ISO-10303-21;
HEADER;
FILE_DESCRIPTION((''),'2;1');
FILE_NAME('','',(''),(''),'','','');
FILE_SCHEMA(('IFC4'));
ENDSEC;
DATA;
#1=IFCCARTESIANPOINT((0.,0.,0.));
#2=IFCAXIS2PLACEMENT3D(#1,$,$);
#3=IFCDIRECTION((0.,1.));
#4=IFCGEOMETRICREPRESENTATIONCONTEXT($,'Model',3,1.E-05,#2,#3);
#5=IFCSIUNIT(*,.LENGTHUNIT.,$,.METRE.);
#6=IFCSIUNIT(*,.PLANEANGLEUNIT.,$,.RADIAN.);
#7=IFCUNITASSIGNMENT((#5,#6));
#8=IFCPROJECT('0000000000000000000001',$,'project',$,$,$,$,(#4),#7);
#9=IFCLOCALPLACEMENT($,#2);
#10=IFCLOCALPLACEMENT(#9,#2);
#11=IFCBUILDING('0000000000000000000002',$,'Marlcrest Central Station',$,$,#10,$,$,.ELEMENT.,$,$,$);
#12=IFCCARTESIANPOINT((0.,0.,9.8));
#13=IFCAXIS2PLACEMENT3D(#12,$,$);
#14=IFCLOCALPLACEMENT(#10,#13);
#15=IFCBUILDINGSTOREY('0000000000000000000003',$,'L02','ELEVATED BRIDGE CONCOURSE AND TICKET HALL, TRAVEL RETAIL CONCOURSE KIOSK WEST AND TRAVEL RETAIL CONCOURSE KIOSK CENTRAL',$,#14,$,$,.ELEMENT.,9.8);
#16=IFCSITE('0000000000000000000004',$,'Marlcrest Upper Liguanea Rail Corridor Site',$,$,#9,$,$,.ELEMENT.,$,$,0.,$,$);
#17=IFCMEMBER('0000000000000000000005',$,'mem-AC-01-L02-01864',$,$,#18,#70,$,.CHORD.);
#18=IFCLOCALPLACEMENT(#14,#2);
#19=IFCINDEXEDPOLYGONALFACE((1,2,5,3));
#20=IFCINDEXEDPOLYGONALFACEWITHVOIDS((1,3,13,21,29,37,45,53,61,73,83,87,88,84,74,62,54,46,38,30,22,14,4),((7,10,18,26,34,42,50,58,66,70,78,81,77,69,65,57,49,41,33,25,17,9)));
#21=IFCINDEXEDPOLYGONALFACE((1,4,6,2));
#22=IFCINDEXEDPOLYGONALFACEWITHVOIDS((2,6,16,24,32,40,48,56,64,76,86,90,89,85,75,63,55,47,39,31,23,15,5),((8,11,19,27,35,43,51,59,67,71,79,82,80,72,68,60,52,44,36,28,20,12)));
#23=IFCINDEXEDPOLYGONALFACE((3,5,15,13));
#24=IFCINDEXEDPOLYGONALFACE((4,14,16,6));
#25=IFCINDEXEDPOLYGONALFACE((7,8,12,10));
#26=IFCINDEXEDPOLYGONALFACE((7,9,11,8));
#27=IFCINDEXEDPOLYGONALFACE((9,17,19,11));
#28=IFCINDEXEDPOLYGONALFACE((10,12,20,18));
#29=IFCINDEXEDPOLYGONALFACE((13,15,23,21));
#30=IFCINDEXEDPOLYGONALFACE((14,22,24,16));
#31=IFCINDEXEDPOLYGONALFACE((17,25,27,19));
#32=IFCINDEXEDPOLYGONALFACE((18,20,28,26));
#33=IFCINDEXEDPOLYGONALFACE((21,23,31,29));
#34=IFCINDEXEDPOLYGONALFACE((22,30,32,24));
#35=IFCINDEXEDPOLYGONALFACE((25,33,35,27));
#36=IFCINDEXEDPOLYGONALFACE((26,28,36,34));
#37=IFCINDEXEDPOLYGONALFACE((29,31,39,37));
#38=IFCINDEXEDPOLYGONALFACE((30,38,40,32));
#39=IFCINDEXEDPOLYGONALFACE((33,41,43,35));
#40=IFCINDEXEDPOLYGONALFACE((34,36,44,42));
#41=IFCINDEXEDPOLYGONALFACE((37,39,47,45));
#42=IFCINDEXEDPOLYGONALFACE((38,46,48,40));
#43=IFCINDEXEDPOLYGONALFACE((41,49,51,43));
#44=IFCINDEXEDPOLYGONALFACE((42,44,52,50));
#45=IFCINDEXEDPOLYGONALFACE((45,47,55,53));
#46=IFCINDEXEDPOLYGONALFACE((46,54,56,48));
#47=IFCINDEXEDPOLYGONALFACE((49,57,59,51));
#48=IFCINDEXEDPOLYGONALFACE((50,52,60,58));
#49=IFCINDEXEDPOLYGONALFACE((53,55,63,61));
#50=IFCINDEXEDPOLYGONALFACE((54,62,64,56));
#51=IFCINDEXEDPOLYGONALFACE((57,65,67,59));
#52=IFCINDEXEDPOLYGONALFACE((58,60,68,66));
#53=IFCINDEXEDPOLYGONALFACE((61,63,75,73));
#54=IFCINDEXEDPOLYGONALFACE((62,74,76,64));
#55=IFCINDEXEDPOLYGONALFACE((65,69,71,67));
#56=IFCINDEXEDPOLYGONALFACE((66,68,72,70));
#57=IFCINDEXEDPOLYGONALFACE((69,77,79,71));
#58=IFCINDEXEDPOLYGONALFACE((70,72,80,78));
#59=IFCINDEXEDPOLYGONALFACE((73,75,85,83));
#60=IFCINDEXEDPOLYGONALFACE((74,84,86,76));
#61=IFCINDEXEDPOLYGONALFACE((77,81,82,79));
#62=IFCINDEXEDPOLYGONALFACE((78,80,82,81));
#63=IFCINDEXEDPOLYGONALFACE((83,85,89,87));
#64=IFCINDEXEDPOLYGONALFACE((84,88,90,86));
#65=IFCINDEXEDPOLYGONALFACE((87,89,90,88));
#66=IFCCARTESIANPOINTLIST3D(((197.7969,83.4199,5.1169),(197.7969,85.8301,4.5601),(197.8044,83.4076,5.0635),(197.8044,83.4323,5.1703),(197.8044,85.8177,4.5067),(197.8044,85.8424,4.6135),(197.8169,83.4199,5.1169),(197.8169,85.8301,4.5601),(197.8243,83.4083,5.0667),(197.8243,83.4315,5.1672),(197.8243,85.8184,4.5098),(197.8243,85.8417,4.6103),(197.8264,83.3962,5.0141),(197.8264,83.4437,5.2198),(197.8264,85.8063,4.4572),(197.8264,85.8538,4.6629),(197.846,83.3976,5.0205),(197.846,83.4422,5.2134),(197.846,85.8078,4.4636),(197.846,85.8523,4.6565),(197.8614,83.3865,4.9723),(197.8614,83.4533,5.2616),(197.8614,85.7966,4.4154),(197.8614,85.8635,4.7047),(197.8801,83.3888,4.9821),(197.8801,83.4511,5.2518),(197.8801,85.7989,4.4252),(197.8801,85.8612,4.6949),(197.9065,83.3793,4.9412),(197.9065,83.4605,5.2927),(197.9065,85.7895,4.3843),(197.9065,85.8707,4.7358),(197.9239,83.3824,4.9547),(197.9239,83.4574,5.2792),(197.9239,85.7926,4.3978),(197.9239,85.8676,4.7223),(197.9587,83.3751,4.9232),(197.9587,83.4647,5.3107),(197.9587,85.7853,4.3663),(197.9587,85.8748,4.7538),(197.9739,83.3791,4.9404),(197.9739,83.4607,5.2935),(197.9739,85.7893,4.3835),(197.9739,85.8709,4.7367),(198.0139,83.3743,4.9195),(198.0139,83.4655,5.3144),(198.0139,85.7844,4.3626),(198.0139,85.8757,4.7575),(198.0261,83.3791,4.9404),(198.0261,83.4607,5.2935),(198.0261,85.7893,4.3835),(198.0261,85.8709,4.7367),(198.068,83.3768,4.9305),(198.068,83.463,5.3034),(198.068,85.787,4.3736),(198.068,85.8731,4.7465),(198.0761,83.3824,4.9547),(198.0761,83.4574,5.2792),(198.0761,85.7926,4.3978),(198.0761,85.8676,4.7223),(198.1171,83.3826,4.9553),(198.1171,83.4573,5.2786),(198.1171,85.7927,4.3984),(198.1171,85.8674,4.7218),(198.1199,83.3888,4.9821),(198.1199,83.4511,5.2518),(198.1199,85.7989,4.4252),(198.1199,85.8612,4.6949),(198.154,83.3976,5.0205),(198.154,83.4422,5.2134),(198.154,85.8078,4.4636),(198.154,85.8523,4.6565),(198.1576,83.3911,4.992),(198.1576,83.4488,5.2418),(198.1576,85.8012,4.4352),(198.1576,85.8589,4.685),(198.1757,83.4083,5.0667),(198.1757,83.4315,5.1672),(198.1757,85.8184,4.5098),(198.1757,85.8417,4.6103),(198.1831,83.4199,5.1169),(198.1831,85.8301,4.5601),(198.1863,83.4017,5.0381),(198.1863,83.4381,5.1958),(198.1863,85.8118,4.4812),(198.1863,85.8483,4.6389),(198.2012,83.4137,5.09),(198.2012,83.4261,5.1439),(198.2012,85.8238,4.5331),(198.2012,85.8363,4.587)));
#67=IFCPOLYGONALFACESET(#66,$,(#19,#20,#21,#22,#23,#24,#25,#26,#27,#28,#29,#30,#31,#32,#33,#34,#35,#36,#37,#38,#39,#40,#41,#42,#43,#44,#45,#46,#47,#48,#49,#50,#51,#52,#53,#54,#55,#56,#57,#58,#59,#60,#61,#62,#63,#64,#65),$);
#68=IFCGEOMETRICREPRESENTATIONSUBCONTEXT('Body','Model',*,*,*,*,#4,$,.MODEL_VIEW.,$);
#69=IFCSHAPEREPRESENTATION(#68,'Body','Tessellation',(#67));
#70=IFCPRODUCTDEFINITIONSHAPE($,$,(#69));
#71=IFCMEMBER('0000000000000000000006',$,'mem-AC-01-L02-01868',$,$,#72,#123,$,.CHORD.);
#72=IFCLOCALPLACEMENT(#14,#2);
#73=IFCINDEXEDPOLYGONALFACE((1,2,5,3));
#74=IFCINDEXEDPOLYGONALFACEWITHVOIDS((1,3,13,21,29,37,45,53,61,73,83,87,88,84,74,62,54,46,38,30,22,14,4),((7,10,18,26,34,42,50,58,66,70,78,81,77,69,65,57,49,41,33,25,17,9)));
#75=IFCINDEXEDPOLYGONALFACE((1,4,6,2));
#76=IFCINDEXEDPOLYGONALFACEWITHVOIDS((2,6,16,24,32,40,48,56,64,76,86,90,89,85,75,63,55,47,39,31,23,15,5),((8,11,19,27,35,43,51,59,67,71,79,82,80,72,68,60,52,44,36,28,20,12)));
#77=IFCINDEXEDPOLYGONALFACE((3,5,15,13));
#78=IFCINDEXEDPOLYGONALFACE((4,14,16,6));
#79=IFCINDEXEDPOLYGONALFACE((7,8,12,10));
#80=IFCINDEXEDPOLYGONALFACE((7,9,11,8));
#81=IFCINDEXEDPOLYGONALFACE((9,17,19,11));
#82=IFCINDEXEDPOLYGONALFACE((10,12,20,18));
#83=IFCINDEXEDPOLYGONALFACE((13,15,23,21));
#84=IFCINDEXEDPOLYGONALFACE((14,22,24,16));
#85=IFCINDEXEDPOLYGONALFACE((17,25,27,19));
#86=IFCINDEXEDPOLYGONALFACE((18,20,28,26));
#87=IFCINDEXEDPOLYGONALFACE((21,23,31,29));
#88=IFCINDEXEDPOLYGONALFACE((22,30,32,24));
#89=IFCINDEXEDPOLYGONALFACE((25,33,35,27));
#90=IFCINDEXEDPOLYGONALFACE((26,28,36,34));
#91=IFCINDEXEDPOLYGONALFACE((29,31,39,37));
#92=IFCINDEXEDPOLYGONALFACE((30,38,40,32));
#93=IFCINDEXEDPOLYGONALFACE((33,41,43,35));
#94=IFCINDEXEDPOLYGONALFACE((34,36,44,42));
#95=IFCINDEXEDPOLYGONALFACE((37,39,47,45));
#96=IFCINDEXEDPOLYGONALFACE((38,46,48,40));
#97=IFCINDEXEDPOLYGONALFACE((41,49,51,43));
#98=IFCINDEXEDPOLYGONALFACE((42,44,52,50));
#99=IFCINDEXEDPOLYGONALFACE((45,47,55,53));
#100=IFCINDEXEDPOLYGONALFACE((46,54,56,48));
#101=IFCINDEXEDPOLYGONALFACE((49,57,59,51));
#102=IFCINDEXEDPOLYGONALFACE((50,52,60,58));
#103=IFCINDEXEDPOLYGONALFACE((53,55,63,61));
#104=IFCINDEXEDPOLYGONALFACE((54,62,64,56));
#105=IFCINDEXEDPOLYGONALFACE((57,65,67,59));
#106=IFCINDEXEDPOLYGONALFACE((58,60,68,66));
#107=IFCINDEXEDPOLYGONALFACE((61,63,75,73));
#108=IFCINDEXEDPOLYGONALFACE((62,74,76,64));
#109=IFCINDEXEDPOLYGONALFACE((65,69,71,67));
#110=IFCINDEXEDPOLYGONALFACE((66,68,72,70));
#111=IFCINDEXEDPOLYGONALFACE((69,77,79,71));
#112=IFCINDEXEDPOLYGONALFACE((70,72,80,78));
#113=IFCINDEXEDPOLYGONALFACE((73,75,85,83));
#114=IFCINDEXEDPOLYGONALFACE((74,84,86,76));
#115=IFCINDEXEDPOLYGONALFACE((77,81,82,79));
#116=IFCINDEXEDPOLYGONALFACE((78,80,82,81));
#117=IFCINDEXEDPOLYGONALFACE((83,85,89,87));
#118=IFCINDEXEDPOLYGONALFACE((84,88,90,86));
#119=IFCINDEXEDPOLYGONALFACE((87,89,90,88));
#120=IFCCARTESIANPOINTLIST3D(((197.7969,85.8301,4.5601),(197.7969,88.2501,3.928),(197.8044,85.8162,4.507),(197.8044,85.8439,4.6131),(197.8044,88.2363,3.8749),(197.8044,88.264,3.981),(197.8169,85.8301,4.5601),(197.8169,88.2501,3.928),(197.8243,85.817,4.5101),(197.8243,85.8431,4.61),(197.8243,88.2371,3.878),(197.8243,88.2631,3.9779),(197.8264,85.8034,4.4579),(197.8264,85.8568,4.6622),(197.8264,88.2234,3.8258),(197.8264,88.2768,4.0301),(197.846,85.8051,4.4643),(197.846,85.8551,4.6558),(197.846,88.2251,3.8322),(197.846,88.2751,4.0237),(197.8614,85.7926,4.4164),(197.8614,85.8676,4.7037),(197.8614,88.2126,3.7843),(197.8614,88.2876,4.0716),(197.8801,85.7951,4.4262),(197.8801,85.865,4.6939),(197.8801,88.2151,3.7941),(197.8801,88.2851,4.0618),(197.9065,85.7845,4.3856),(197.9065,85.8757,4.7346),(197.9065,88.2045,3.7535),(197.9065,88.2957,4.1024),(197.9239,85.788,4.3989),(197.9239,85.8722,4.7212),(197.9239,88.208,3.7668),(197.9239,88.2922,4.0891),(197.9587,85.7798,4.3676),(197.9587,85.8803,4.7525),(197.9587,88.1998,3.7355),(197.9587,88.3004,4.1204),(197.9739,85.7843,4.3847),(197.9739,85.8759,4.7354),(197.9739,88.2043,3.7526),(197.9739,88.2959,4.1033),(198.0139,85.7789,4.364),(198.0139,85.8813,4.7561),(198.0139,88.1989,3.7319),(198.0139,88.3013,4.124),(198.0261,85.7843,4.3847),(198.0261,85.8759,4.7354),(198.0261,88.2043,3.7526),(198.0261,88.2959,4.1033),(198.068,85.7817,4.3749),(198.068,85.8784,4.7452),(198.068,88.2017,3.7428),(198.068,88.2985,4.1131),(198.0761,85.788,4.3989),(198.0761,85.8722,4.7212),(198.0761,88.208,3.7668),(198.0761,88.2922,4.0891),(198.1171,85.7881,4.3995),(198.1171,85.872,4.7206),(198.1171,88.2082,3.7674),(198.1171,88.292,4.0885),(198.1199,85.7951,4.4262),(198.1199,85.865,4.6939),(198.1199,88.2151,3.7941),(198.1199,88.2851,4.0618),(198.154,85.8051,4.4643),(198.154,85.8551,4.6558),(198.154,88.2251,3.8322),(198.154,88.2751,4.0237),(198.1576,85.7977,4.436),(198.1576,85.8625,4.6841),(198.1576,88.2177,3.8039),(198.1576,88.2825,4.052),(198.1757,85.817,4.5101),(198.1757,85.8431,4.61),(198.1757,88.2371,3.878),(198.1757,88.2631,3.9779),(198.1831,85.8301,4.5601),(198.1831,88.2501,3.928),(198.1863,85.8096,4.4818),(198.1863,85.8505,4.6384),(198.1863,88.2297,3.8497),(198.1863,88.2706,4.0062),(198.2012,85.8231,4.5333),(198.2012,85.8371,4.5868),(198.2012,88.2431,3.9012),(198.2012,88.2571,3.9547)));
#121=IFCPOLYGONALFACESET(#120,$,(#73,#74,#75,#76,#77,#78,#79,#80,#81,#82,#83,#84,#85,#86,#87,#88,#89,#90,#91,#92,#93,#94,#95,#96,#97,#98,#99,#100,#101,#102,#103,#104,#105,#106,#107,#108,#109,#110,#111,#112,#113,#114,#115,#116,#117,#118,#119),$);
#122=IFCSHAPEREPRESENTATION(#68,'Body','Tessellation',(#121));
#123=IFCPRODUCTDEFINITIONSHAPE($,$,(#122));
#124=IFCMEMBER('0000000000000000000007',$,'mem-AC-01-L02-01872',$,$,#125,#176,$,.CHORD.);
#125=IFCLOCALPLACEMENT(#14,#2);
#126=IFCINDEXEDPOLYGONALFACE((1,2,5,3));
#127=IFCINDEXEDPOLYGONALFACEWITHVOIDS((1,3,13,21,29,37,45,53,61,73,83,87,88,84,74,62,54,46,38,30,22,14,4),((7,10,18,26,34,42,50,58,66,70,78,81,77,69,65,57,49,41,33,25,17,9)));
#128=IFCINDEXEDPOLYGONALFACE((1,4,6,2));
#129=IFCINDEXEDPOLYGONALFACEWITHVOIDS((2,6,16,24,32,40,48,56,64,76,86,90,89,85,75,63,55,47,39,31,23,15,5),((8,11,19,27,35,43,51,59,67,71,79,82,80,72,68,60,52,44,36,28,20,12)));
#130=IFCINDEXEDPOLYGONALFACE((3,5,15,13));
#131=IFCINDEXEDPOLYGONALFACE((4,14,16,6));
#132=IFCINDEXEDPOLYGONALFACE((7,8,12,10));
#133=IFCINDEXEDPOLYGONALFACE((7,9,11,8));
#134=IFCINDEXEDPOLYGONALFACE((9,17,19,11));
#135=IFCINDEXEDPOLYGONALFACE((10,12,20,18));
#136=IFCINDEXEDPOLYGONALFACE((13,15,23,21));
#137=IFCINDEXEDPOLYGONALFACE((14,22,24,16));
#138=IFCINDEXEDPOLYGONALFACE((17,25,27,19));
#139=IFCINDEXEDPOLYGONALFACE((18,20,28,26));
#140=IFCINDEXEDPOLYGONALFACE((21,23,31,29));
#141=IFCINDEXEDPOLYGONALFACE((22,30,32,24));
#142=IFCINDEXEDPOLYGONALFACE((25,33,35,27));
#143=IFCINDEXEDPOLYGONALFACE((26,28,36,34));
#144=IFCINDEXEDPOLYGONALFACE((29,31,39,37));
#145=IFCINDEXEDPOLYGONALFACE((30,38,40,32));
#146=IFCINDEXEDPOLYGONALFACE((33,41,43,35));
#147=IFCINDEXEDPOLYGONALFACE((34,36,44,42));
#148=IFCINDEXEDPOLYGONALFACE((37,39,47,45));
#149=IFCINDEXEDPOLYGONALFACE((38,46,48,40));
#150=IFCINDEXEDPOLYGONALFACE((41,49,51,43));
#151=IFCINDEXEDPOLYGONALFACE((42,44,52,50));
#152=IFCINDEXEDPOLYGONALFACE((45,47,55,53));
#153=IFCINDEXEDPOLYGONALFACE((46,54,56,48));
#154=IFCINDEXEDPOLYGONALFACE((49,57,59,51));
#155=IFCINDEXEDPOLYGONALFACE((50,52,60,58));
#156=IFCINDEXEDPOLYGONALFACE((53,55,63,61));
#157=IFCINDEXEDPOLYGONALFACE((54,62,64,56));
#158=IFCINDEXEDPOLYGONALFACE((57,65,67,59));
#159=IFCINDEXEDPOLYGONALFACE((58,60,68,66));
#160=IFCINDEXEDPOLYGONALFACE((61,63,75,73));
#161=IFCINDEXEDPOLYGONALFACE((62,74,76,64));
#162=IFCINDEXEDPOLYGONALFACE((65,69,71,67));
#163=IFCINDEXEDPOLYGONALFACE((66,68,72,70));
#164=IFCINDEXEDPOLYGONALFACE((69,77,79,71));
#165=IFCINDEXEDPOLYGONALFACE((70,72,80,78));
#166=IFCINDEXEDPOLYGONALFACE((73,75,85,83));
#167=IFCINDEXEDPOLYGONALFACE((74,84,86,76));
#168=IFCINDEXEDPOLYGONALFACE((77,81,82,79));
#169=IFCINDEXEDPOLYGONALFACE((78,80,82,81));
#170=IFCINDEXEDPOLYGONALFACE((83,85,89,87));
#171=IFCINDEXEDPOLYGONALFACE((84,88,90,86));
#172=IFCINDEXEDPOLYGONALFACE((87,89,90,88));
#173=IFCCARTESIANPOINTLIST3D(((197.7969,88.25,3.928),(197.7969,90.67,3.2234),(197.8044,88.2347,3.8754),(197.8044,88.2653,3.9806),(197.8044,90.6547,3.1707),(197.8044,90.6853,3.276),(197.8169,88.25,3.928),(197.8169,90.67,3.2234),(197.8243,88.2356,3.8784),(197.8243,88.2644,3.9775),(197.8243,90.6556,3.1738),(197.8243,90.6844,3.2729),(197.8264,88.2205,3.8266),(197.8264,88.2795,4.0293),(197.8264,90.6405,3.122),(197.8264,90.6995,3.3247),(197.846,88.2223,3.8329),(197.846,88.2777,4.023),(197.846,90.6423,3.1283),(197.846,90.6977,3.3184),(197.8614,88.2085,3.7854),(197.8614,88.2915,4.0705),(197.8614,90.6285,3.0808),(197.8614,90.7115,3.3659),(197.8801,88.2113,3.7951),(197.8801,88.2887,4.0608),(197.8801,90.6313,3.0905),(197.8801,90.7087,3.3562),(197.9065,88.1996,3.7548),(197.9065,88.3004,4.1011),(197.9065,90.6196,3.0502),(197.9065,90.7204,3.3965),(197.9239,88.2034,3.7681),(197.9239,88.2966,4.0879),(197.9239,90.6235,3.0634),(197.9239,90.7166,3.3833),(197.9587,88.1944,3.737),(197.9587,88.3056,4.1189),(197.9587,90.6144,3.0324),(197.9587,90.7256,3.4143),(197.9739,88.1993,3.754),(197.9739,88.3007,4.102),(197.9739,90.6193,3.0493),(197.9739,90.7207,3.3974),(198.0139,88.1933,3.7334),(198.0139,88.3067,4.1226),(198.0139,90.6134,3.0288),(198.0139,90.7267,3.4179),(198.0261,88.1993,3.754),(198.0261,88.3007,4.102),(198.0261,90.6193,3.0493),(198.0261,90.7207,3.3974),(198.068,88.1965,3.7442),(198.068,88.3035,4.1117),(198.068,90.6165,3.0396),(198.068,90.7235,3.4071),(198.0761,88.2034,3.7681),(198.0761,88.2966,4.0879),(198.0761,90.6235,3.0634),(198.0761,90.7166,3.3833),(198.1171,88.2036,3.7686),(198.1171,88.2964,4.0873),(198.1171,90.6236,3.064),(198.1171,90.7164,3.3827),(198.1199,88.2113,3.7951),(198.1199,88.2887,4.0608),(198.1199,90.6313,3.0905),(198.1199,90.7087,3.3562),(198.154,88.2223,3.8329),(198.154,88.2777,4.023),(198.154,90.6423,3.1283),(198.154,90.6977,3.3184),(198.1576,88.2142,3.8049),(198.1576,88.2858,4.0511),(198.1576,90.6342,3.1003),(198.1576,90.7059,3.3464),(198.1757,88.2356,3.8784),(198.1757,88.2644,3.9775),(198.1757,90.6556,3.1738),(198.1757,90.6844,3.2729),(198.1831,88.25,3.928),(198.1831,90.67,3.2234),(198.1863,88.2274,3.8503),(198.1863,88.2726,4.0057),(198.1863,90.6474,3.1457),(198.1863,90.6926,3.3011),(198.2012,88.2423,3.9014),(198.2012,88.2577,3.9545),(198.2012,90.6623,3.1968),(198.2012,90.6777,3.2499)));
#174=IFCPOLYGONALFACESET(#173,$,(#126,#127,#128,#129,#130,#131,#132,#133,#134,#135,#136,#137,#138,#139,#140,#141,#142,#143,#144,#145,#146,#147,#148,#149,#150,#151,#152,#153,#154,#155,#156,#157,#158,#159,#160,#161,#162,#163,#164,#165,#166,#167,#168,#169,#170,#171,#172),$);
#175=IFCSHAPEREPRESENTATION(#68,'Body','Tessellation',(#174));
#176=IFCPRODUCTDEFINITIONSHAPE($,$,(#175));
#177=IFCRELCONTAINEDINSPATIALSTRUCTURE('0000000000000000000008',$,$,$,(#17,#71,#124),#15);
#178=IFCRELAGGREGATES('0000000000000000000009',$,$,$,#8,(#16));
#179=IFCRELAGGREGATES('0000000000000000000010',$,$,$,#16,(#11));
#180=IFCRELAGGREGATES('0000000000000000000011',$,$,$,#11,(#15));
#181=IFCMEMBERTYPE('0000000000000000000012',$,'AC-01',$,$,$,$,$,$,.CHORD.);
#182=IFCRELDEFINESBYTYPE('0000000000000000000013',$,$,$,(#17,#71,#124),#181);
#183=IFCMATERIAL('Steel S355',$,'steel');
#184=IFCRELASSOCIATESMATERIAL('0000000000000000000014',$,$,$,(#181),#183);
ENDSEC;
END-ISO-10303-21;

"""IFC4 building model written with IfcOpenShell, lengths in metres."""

from ifc_helpers import new_model, si_unit, direction, frame, origin, origin_2d, place, context, subcontext, project, spatial, hollow_circle, extrude, material, material_profile, profile_set, type_object, element, save


model = new_model("IFC4")

# Units and contexts
model_context = context("Model", 3, precision=1e-05, world=origin(), true_north=direction((0.0, 1.0)))
body_context = subcontext(model_context, "Body", "Model", "MODEL_VIEW")
ifc_project = project(units=[si_unit("LENGTHUNIT", "METRE"), si_unit("PLANEANGLEUNIT", "RADIAN")], contexts=[model_context])

# Site, building, storey
site_placement = place(None, origin())
site = spatial("IfcSite", under=ifc_project, at=site_placement, Name="Marlcrest Upper Liguanea Rail Corridor Site", CompositionType="ELEMENT", RefElevation=0.0)
building_placement = place(site_placement, origin())
building = spatial("IfcBuilding", under=site, at=building_placement, Name="Marlcrest Central Station", CompositionType="ELEMENT")
storey_placement = place(building_placement, frame((0.0, 0.0, 9.8)))
storey = spatial("IfcBuildingStorey", under=building, at=storey_placement, Name="L02", Description="ELEVATED BRIDGE CONCOURSE AND TICKET HALL, TRAVEL RETAIL CONCOURSE KIOSK WEST AND TRAVEL RETAIL CONCOURSE KIOSK CENTRAL", CompositionType="ELEMENT", Elevation=9.8)

# Members
ifc_material_1 = material(Name="Steel S355", Category="steel")
ifc_material_profile_1 = material_profile(ifc_material_1, hollow_circle(Radius=0.2031, WallThickness=0.02, at=origin_2d()), Name="CHS 406.4x20")
ifc_profile_set_1 = profile_set([ifc_material_profile_1], Name="Steel S355")
member_type_1 = type_object("IfcMemberType", Name="AC-01", PredefinedType="CHORD", material=ifc_profile_set_1)
member_1_placement = place(storey_placement, frame((198.0, 83.4199, 5.1169), z_axis=(0.0, 0.97433, -0.225126), x_axis=(-1.0, 0.0, 0.0)))
element("IfcMember", 1, at=member_1_placement, inside=storey, type_object=member_type_1, Name="mem-AC-01-L02-01864", PredefinedType="CHORD", context=body_context, shape_type="SweptSolid", body=[
    extrude(hollow_circle(Radius=0.2031, WallThickness=0.02, at=origin_2d()), origin(), (0.0, 0.0, 1.0), 2.4736),
])
member_2_placement = place(storey_placement, frame((198.0, 85.8301, 4.5601), z_axis=(0.0, 0.967539, -0.25272), x_axis=(-1.0, 0.0, 0.0)))
element("IfcMember", 2, at=member_2_placement, inside=storey, type_object=member_type_1, Name="mem-AC-01-L02-01868", PredefinedType="CHORD", context=body_context, shape_type="SweptSolid", body=[
    extrude(hollow_circle(Radius=0.2031, WallThickness=0.02, at=origin_2d()), origin(), (0.0, 0.0, 1.0), 2.5012),
])
member_3_placement = place(storey_placement, frame((198.0, 88.25, 3.928), z_axis=(0.0, 0.96013, -0.279554), x_axis=(-1.0, 0.0, 0.0)))
element("IfcMember", 3, at=member_3_placement, inside=storey, type_object=member_type_1, Name="mem-AC-01-L02-01872", PredefinedType="CHORD", context=body_context, shape_type="SweptSolid", body=[
    extrude(hollow_circle(Radius=0.2031, WallThickness=0.02, at=origin_2d()), origin(), (0.0, 0.0, 1.0), 2.5205),
])

save(model, "model.ifc")
